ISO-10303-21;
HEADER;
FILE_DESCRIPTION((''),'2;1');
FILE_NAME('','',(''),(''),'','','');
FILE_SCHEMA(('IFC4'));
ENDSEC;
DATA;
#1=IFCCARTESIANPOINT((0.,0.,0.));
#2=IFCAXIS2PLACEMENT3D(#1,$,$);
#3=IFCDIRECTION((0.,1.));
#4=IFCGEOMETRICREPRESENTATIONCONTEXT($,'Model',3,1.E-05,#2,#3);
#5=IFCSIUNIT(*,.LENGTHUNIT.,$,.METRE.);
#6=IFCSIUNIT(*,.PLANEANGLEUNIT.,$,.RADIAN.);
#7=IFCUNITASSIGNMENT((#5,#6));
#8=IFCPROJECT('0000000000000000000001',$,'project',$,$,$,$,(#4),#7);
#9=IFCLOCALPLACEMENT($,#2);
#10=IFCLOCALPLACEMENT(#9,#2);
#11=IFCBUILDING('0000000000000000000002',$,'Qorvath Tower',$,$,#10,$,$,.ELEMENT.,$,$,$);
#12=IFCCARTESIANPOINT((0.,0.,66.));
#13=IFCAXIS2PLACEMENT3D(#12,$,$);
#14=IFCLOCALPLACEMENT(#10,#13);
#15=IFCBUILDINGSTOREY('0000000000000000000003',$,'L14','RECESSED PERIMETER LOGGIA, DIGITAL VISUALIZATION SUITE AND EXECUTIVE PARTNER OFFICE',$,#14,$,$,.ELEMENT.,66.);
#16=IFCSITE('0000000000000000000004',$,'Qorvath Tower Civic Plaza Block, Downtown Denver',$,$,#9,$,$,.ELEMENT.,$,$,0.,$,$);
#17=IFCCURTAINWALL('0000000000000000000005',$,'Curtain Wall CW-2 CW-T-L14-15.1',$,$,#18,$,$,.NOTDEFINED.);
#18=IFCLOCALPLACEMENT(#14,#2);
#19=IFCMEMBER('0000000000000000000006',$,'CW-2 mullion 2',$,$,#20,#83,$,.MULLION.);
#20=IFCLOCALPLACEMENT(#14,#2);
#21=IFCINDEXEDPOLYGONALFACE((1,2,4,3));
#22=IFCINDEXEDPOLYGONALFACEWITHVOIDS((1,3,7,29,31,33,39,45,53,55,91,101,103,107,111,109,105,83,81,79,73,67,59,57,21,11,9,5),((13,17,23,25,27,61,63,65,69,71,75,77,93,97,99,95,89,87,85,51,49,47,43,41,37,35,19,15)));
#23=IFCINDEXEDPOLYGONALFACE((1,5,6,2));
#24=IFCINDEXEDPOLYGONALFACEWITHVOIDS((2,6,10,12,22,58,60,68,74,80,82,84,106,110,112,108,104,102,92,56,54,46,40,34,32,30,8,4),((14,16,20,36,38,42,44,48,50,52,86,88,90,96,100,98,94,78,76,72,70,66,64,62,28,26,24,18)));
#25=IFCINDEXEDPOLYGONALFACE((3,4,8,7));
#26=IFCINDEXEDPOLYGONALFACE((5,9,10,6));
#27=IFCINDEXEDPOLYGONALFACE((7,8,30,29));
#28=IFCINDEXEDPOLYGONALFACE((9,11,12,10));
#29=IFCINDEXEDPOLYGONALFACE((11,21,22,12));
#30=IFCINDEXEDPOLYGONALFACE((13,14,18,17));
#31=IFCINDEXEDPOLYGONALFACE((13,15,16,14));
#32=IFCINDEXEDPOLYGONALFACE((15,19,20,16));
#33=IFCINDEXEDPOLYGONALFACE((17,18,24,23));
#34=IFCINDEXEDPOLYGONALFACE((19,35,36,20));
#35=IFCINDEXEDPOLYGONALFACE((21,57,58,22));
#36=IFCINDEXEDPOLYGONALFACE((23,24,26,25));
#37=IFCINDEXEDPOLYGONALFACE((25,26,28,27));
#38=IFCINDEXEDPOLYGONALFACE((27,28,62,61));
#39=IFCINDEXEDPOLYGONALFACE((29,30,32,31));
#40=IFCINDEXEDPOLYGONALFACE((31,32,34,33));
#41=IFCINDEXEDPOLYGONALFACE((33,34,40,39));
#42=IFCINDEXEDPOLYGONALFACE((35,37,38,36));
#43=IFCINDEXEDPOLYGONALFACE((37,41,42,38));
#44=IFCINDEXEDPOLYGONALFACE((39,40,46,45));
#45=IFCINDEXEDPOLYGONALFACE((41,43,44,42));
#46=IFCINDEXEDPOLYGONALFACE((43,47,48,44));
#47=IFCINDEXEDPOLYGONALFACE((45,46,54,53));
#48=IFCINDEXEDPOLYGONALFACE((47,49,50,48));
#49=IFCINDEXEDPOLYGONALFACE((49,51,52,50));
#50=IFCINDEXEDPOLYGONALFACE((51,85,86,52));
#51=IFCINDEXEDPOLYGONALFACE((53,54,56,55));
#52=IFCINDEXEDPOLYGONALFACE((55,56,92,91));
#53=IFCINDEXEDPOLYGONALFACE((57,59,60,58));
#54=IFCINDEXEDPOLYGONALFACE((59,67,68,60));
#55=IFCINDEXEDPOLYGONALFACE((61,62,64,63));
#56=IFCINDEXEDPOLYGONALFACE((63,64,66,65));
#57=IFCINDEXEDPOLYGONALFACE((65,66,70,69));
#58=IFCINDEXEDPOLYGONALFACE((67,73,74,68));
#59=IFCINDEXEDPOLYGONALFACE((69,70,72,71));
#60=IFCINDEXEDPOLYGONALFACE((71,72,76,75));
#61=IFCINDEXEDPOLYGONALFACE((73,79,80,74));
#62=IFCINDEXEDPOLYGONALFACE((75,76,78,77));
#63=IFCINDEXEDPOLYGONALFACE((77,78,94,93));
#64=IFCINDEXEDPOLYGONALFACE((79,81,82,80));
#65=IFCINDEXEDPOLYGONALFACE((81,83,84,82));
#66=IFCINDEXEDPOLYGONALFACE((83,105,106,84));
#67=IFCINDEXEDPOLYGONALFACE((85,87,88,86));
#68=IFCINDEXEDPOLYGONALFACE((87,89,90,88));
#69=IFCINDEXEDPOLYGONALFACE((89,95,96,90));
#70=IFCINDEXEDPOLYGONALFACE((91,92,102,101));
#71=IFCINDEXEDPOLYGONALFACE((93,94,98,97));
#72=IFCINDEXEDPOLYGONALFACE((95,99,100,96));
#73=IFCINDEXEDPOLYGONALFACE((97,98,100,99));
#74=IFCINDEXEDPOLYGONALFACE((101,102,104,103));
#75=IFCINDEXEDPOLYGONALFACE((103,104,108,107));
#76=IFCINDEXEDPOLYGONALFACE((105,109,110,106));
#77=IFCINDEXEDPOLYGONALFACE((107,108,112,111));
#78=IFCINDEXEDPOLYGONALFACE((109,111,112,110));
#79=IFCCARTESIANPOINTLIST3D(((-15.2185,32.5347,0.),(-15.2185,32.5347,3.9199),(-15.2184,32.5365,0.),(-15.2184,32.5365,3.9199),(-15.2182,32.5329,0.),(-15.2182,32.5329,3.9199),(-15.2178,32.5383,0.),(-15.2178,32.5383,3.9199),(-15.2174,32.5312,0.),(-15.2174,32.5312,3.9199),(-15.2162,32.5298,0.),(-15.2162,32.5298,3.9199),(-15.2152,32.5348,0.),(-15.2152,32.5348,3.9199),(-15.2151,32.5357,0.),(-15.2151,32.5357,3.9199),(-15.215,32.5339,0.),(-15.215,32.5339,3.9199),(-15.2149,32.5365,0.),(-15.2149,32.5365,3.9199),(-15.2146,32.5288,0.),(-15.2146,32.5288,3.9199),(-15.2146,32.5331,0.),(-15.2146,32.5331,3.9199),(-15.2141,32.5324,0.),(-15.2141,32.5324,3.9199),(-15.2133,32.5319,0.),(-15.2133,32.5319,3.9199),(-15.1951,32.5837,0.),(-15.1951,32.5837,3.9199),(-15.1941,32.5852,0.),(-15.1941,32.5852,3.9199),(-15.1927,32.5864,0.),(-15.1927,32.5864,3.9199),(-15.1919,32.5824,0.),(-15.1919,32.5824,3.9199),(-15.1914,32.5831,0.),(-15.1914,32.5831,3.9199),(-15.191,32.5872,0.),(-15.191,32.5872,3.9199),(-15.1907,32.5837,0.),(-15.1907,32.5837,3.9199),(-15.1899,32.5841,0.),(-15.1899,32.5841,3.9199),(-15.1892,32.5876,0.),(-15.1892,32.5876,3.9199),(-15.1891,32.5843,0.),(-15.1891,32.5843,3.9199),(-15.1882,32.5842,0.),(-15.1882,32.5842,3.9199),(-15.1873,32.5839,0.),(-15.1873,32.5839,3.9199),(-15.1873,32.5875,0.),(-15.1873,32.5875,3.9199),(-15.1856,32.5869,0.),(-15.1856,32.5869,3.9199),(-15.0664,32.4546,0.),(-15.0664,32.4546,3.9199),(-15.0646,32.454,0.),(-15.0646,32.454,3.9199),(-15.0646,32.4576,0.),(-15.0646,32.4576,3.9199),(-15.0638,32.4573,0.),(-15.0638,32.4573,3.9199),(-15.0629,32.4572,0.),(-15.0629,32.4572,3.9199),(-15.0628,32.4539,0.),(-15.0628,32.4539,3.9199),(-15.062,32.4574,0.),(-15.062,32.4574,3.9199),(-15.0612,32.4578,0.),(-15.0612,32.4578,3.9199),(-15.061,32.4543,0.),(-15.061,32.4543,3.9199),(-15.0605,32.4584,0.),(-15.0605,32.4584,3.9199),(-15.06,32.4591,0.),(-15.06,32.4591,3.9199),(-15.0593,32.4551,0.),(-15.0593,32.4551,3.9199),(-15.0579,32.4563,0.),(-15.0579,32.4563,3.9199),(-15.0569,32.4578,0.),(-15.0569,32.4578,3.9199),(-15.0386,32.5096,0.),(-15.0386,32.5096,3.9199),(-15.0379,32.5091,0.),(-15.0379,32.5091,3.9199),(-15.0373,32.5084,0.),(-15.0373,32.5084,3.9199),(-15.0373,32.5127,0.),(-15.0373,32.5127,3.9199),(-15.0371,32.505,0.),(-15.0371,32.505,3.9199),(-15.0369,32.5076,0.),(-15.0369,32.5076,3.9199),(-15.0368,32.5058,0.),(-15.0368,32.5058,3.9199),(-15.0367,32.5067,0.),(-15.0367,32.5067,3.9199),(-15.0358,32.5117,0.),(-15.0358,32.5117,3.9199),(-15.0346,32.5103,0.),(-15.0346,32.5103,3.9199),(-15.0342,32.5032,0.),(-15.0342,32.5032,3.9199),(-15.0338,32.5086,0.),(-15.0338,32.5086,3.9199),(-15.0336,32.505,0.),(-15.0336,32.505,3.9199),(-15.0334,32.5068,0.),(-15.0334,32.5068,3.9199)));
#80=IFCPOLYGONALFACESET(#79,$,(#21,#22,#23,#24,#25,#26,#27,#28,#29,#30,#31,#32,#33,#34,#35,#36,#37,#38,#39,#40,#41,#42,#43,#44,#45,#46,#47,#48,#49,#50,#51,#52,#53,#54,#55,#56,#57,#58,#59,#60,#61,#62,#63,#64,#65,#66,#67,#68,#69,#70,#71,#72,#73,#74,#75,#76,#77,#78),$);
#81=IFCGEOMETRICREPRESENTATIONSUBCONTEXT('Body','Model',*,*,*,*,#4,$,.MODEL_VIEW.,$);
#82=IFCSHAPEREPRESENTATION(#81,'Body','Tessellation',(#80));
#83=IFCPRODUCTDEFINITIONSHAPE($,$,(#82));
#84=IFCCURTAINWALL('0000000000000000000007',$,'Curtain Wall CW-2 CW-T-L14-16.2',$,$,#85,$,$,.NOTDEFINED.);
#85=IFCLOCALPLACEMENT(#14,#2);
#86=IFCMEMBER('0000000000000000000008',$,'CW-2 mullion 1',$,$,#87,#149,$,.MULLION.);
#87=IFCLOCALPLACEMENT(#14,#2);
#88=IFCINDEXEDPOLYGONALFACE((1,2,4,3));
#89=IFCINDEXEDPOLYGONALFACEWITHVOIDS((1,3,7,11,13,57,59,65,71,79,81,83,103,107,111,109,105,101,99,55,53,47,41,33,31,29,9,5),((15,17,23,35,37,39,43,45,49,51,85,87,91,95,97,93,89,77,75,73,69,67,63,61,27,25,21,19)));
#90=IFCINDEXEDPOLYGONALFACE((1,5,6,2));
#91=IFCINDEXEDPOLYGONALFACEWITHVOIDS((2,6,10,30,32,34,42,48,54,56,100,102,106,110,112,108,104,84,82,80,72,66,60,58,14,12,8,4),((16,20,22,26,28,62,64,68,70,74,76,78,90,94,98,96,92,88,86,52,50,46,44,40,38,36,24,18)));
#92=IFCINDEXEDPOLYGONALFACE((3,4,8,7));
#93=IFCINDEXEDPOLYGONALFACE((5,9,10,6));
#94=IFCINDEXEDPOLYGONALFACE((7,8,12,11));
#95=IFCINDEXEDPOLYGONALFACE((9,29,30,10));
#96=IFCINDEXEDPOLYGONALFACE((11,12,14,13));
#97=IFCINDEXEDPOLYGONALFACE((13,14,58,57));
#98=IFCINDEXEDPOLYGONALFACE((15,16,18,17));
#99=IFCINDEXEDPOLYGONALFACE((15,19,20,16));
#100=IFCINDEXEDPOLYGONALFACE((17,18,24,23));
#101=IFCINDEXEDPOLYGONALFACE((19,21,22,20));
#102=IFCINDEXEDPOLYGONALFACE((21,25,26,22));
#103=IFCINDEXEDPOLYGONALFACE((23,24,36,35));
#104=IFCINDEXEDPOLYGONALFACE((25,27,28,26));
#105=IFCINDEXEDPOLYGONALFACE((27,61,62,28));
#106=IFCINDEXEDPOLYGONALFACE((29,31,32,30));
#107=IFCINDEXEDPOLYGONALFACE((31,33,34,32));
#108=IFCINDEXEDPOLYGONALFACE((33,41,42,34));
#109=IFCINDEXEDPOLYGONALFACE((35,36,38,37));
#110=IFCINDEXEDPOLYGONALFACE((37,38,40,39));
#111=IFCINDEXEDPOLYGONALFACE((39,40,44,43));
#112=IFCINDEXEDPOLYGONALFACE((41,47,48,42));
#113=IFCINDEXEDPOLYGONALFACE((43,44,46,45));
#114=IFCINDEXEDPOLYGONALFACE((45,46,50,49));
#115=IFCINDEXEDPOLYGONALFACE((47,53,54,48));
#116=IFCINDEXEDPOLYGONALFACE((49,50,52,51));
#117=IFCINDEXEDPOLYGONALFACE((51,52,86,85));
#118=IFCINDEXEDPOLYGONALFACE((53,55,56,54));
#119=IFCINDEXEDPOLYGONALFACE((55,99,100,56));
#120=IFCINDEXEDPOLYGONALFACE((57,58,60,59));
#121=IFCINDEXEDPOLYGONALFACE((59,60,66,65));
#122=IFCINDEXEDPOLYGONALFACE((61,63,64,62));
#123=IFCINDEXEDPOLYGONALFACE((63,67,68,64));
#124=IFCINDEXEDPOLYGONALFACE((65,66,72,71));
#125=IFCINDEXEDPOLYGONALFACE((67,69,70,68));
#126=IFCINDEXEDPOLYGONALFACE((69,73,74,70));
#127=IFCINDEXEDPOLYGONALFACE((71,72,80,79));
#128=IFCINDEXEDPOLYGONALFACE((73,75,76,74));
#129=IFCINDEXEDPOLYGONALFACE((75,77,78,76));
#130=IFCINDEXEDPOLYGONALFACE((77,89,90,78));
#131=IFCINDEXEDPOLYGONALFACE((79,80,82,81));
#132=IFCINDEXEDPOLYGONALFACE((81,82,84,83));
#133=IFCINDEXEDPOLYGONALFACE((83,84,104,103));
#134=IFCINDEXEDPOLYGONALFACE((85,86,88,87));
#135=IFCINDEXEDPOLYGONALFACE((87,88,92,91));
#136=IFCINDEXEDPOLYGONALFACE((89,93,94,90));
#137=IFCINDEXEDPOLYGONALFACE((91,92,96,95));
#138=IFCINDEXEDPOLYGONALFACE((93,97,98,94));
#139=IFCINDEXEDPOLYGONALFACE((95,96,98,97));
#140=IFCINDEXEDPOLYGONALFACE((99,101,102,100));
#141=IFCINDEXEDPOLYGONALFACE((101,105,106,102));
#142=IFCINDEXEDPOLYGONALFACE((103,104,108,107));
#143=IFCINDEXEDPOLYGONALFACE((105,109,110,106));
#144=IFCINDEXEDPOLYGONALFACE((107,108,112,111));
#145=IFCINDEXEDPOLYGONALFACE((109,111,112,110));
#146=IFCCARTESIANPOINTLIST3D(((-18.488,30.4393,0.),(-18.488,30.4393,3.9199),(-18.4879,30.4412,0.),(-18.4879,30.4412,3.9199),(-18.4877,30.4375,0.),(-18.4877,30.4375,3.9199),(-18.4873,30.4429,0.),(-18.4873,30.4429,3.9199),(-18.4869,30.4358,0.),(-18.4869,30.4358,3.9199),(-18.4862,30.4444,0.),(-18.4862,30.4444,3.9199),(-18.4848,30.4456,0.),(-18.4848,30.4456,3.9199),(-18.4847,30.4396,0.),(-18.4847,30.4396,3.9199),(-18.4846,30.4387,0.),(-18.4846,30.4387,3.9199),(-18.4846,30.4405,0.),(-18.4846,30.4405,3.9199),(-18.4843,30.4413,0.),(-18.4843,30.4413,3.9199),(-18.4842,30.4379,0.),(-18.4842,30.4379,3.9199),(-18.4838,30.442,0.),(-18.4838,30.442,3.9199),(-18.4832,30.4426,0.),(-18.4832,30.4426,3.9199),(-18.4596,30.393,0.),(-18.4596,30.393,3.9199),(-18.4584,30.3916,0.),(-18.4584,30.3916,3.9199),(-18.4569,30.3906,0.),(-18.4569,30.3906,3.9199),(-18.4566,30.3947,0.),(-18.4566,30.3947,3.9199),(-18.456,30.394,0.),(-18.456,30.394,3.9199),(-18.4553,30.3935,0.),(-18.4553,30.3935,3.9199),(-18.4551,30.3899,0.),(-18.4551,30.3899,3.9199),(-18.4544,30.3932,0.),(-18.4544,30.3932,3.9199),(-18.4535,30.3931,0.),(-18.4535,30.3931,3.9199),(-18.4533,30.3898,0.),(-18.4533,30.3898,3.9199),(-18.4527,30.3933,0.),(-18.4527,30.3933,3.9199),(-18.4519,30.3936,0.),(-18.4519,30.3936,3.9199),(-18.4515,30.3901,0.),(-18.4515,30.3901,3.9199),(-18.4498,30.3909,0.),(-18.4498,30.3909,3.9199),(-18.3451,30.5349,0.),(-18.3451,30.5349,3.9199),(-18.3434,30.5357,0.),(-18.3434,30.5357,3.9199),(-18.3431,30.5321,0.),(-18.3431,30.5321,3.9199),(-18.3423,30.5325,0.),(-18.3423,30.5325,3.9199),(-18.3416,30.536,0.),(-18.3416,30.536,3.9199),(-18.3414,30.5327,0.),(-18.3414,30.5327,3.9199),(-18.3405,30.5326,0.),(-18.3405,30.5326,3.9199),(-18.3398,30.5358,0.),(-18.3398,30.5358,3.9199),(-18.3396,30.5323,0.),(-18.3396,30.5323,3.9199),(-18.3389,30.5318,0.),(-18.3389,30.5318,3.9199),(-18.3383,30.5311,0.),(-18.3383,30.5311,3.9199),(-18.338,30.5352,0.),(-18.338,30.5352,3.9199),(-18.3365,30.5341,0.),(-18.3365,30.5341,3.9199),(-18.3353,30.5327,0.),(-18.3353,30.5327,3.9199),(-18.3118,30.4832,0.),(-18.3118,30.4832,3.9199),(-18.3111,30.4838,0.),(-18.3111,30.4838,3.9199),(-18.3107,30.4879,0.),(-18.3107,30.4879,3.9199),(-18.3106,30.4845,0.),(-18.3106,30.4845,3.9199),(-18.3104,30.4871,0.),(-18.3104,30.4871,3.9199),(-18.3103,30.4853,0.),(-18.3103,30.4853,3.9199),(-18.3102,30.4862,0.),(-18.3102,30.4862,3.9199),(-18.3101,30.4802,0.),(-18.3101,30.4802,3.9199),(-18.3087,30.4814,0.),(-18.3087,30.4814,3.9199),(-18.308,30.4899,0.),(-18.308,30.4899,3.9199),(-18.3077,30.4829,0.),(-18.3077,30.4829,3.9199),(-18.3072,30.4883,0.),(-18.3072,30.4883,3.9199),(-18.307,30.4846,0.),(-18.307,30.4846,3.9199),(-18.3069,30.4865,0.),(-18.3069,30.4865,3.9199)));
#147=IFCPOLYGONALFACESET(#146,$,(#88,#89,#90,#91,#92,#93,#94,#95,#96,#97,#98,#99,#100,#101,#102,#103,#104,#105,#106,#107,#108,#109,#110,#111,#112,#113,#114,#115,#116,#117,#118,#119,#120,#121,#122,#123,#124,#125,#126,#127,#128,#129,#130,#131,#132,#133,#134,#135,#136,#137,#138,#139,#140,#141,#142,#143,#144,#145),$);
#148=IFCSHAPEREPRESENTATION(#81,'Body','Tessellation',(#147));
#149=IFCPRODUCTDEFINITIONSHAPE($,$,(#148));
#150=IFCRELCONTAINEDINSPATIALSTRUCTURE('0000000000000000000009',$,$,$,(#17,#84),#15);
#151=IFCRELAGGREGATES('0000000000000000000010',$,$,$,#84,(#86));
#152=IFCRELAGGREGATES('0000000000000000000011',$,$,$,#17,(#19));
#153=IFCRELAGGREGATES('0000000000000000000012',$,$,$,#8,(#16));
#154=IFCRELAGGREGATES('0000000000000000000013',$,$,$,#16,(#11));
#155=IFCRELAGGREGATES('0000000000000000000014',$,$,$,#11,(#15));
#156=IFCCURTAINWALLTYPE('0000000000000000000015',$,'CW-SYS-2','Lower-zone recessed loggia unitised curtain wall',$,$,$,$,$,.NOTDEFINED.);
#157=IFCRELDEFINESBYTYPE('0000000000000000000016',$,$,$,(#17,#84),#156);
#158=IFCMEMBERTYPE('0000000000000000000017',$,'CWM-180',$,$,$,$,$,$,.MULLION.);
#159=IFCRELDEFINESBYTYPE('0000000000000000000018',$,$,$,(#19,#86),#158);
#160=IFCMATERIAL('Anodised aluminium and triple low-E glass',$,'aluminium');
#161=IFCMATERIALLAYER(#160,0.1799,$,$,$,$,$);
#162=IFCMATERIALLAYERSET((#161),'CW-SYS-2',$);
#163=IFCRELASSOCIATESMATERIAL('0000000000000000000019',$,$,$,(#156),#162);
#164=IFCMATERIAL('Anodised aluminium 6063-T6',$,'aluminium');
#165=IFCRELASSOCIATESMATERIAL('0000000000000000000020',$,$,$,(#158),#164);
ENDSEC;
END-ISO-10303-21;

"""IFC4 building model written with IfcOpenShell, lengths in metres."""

from ifc_helpers import new_model, si_unit, direction, frame, origin, origin_2d, place, context, subcontext, project, spatial, hollow_rectangle, extrude, material, layer, layer_set, material_profile, profile_set, type_object, element, aggregate, save


model = new_model("IFC4")

# Units and contexts
model_context = context("Model", 3, precision=1e-05, world=origin(), true_north=direction((0.0, 1.0)))
body_context = subcontext(model_context, "Body", "Model", "MODEL_VIEW")
ifc_project = project(units=[si_unit("LENGTHUNIT", "METRE"), si_unit("PLANEANGLEUNIT", "RADIAN")], contexts=[model_context])

# Site, building, storey
site_placement = place(None, origin())
site = spatial("IfcSite", under=ifc_project, at=site_placement, Name="Qorvath Tower Civic Plaza Block, Downtown Denver", CompositionType="ELEMENT", RefElevation=0.0)
building_placement = place(site_placement, origin())
building = spatial("IfcBuilding", under=site, at=building_placement, Name="Qorvath Tower", CompositionType="ELEMENT")
storey_placement = place(building_placement, frame((0.0, 0.0, 66.0)))
storey = spatial("IfcBuildingStorey", under=building, at=storey_placement, Name="L14", Description="RECESSED PERIMETER LOGGIA, DIGITAL VISUALIZATION SUITE AND EXECUTIVE PARTNER OFFICE", CompositionType="ELEMENT", Elevation=66.0)

# Shared definitions
ifc_material_1 = material(Name="Anodised aluminium and triple low-E glass", Category="aluminium")
ifc_layer_1 = layer(ifc_material_1, 0.1799)
ifc_layer_set_1 = layer_set([ifc_layer_1], Name="CW-SYS-2")
curtain_wall_type = type_object("IfcCurtainWallType", Name="CW-SYS-2", Description="Lower-zone recessed loggia unitised curtain wall", PredefinedType="NOTDEFINED", material=ifc_layer_set_1)
ifc_material_2 = material(Name="Anodised aluminium 6063-T6", Category="aluminium")
ifc_material_profile_1 = material_profile(ifc_material_2, hollow_rectangle(XDim=0.0649, YDim=0.1799, WallThickness=0.0034, InnerFilletRadius=0.0034, OuterFilletRadius=0.0071, at=origin_2d()), Name="CWM 180x65")
ifc_profile_set_1 = profile_set([ifc_material_profile_1], Name="Anodised aluminium 6063-T6")
member_type_1 = type_object("IfcMemberType", Name="CWM-180", PredefinedType="MULLION", material=ifc_profile_set_1)

# Curtain wall, member
curtain_wall_1_placement = place(storey_placement, origin())
curtain_wall_1 = element("IfcCurtainWall", 1, at=curtain_wall_1_placement, inside=storey, type_object=curtain_wall_type, Name="Curtain Wall CW-2 CW-T-L14-15.1", PredefinedType="NOTDEFINED")
member_1_placement = place(storey_placement, frame((-15.126, 32.5208, 0.0), z_axis=(0.0, 0.0, 1.0), x_axis=(-0.447221, -0.894423, 0.0)))
member_1 = element("IfcMember", 2, at=member_1_placement, type_object=member_type_1, Name="CW-2 mullion 2", PredefinedType="MULLION", context=body_context, shape_type="SweptSolid", body=[
    extrude(hollow_rectangle(XDim=0.0649, YDim=0.1799, WallThickness=0.0034, InnerFilletRadius=0.0034, OuterFilletRadius=0.0071, at=origin_2d()), origin(), (0.0, 0.0, 1.0), 3.9199),
])

# Curtain wall, member
curtain_wall_2_placement = place(storey_placement, origin())
curtain_wall_2 = element("IfcCurtainWall", 3, at=curtain_wall_2_placement, inside=storey, type_object=curtain_wall_type, Name="Curtain Wall CW-2 CW-T-L14-16.2", PredefinedType="NOTDEFINED")
member_2_placement = place(storey_placement, frame((-18.3975, 30.4629, 0.0), z_axis=(0.0, 0.0, 1.0), x_axis=(0.538542, -0.842599, 0.0)))
member_2 = element("IfcMember", 4, at=member_2_placement, type_object=member_type_1, Name="CW-2 mullion 1", PredefinedType="MULLION", context=body_context, shape_type="SweptSolid", body=[
    extrude(hollow_rectangle(XDim=0.0649, YDim=0.1799, WallThickness=0.0034, InnerFilletRadius=0.0034, OuterFilletRadius=0.0071, at=origin_2d()), origin(), (0.0, 0.0, 1.0), 3.9199),
])

aggregate(curtain_wall_2, [member_2])

aggregate(curtain_wall_1, [member_1])

save(model, "model.ifc")
